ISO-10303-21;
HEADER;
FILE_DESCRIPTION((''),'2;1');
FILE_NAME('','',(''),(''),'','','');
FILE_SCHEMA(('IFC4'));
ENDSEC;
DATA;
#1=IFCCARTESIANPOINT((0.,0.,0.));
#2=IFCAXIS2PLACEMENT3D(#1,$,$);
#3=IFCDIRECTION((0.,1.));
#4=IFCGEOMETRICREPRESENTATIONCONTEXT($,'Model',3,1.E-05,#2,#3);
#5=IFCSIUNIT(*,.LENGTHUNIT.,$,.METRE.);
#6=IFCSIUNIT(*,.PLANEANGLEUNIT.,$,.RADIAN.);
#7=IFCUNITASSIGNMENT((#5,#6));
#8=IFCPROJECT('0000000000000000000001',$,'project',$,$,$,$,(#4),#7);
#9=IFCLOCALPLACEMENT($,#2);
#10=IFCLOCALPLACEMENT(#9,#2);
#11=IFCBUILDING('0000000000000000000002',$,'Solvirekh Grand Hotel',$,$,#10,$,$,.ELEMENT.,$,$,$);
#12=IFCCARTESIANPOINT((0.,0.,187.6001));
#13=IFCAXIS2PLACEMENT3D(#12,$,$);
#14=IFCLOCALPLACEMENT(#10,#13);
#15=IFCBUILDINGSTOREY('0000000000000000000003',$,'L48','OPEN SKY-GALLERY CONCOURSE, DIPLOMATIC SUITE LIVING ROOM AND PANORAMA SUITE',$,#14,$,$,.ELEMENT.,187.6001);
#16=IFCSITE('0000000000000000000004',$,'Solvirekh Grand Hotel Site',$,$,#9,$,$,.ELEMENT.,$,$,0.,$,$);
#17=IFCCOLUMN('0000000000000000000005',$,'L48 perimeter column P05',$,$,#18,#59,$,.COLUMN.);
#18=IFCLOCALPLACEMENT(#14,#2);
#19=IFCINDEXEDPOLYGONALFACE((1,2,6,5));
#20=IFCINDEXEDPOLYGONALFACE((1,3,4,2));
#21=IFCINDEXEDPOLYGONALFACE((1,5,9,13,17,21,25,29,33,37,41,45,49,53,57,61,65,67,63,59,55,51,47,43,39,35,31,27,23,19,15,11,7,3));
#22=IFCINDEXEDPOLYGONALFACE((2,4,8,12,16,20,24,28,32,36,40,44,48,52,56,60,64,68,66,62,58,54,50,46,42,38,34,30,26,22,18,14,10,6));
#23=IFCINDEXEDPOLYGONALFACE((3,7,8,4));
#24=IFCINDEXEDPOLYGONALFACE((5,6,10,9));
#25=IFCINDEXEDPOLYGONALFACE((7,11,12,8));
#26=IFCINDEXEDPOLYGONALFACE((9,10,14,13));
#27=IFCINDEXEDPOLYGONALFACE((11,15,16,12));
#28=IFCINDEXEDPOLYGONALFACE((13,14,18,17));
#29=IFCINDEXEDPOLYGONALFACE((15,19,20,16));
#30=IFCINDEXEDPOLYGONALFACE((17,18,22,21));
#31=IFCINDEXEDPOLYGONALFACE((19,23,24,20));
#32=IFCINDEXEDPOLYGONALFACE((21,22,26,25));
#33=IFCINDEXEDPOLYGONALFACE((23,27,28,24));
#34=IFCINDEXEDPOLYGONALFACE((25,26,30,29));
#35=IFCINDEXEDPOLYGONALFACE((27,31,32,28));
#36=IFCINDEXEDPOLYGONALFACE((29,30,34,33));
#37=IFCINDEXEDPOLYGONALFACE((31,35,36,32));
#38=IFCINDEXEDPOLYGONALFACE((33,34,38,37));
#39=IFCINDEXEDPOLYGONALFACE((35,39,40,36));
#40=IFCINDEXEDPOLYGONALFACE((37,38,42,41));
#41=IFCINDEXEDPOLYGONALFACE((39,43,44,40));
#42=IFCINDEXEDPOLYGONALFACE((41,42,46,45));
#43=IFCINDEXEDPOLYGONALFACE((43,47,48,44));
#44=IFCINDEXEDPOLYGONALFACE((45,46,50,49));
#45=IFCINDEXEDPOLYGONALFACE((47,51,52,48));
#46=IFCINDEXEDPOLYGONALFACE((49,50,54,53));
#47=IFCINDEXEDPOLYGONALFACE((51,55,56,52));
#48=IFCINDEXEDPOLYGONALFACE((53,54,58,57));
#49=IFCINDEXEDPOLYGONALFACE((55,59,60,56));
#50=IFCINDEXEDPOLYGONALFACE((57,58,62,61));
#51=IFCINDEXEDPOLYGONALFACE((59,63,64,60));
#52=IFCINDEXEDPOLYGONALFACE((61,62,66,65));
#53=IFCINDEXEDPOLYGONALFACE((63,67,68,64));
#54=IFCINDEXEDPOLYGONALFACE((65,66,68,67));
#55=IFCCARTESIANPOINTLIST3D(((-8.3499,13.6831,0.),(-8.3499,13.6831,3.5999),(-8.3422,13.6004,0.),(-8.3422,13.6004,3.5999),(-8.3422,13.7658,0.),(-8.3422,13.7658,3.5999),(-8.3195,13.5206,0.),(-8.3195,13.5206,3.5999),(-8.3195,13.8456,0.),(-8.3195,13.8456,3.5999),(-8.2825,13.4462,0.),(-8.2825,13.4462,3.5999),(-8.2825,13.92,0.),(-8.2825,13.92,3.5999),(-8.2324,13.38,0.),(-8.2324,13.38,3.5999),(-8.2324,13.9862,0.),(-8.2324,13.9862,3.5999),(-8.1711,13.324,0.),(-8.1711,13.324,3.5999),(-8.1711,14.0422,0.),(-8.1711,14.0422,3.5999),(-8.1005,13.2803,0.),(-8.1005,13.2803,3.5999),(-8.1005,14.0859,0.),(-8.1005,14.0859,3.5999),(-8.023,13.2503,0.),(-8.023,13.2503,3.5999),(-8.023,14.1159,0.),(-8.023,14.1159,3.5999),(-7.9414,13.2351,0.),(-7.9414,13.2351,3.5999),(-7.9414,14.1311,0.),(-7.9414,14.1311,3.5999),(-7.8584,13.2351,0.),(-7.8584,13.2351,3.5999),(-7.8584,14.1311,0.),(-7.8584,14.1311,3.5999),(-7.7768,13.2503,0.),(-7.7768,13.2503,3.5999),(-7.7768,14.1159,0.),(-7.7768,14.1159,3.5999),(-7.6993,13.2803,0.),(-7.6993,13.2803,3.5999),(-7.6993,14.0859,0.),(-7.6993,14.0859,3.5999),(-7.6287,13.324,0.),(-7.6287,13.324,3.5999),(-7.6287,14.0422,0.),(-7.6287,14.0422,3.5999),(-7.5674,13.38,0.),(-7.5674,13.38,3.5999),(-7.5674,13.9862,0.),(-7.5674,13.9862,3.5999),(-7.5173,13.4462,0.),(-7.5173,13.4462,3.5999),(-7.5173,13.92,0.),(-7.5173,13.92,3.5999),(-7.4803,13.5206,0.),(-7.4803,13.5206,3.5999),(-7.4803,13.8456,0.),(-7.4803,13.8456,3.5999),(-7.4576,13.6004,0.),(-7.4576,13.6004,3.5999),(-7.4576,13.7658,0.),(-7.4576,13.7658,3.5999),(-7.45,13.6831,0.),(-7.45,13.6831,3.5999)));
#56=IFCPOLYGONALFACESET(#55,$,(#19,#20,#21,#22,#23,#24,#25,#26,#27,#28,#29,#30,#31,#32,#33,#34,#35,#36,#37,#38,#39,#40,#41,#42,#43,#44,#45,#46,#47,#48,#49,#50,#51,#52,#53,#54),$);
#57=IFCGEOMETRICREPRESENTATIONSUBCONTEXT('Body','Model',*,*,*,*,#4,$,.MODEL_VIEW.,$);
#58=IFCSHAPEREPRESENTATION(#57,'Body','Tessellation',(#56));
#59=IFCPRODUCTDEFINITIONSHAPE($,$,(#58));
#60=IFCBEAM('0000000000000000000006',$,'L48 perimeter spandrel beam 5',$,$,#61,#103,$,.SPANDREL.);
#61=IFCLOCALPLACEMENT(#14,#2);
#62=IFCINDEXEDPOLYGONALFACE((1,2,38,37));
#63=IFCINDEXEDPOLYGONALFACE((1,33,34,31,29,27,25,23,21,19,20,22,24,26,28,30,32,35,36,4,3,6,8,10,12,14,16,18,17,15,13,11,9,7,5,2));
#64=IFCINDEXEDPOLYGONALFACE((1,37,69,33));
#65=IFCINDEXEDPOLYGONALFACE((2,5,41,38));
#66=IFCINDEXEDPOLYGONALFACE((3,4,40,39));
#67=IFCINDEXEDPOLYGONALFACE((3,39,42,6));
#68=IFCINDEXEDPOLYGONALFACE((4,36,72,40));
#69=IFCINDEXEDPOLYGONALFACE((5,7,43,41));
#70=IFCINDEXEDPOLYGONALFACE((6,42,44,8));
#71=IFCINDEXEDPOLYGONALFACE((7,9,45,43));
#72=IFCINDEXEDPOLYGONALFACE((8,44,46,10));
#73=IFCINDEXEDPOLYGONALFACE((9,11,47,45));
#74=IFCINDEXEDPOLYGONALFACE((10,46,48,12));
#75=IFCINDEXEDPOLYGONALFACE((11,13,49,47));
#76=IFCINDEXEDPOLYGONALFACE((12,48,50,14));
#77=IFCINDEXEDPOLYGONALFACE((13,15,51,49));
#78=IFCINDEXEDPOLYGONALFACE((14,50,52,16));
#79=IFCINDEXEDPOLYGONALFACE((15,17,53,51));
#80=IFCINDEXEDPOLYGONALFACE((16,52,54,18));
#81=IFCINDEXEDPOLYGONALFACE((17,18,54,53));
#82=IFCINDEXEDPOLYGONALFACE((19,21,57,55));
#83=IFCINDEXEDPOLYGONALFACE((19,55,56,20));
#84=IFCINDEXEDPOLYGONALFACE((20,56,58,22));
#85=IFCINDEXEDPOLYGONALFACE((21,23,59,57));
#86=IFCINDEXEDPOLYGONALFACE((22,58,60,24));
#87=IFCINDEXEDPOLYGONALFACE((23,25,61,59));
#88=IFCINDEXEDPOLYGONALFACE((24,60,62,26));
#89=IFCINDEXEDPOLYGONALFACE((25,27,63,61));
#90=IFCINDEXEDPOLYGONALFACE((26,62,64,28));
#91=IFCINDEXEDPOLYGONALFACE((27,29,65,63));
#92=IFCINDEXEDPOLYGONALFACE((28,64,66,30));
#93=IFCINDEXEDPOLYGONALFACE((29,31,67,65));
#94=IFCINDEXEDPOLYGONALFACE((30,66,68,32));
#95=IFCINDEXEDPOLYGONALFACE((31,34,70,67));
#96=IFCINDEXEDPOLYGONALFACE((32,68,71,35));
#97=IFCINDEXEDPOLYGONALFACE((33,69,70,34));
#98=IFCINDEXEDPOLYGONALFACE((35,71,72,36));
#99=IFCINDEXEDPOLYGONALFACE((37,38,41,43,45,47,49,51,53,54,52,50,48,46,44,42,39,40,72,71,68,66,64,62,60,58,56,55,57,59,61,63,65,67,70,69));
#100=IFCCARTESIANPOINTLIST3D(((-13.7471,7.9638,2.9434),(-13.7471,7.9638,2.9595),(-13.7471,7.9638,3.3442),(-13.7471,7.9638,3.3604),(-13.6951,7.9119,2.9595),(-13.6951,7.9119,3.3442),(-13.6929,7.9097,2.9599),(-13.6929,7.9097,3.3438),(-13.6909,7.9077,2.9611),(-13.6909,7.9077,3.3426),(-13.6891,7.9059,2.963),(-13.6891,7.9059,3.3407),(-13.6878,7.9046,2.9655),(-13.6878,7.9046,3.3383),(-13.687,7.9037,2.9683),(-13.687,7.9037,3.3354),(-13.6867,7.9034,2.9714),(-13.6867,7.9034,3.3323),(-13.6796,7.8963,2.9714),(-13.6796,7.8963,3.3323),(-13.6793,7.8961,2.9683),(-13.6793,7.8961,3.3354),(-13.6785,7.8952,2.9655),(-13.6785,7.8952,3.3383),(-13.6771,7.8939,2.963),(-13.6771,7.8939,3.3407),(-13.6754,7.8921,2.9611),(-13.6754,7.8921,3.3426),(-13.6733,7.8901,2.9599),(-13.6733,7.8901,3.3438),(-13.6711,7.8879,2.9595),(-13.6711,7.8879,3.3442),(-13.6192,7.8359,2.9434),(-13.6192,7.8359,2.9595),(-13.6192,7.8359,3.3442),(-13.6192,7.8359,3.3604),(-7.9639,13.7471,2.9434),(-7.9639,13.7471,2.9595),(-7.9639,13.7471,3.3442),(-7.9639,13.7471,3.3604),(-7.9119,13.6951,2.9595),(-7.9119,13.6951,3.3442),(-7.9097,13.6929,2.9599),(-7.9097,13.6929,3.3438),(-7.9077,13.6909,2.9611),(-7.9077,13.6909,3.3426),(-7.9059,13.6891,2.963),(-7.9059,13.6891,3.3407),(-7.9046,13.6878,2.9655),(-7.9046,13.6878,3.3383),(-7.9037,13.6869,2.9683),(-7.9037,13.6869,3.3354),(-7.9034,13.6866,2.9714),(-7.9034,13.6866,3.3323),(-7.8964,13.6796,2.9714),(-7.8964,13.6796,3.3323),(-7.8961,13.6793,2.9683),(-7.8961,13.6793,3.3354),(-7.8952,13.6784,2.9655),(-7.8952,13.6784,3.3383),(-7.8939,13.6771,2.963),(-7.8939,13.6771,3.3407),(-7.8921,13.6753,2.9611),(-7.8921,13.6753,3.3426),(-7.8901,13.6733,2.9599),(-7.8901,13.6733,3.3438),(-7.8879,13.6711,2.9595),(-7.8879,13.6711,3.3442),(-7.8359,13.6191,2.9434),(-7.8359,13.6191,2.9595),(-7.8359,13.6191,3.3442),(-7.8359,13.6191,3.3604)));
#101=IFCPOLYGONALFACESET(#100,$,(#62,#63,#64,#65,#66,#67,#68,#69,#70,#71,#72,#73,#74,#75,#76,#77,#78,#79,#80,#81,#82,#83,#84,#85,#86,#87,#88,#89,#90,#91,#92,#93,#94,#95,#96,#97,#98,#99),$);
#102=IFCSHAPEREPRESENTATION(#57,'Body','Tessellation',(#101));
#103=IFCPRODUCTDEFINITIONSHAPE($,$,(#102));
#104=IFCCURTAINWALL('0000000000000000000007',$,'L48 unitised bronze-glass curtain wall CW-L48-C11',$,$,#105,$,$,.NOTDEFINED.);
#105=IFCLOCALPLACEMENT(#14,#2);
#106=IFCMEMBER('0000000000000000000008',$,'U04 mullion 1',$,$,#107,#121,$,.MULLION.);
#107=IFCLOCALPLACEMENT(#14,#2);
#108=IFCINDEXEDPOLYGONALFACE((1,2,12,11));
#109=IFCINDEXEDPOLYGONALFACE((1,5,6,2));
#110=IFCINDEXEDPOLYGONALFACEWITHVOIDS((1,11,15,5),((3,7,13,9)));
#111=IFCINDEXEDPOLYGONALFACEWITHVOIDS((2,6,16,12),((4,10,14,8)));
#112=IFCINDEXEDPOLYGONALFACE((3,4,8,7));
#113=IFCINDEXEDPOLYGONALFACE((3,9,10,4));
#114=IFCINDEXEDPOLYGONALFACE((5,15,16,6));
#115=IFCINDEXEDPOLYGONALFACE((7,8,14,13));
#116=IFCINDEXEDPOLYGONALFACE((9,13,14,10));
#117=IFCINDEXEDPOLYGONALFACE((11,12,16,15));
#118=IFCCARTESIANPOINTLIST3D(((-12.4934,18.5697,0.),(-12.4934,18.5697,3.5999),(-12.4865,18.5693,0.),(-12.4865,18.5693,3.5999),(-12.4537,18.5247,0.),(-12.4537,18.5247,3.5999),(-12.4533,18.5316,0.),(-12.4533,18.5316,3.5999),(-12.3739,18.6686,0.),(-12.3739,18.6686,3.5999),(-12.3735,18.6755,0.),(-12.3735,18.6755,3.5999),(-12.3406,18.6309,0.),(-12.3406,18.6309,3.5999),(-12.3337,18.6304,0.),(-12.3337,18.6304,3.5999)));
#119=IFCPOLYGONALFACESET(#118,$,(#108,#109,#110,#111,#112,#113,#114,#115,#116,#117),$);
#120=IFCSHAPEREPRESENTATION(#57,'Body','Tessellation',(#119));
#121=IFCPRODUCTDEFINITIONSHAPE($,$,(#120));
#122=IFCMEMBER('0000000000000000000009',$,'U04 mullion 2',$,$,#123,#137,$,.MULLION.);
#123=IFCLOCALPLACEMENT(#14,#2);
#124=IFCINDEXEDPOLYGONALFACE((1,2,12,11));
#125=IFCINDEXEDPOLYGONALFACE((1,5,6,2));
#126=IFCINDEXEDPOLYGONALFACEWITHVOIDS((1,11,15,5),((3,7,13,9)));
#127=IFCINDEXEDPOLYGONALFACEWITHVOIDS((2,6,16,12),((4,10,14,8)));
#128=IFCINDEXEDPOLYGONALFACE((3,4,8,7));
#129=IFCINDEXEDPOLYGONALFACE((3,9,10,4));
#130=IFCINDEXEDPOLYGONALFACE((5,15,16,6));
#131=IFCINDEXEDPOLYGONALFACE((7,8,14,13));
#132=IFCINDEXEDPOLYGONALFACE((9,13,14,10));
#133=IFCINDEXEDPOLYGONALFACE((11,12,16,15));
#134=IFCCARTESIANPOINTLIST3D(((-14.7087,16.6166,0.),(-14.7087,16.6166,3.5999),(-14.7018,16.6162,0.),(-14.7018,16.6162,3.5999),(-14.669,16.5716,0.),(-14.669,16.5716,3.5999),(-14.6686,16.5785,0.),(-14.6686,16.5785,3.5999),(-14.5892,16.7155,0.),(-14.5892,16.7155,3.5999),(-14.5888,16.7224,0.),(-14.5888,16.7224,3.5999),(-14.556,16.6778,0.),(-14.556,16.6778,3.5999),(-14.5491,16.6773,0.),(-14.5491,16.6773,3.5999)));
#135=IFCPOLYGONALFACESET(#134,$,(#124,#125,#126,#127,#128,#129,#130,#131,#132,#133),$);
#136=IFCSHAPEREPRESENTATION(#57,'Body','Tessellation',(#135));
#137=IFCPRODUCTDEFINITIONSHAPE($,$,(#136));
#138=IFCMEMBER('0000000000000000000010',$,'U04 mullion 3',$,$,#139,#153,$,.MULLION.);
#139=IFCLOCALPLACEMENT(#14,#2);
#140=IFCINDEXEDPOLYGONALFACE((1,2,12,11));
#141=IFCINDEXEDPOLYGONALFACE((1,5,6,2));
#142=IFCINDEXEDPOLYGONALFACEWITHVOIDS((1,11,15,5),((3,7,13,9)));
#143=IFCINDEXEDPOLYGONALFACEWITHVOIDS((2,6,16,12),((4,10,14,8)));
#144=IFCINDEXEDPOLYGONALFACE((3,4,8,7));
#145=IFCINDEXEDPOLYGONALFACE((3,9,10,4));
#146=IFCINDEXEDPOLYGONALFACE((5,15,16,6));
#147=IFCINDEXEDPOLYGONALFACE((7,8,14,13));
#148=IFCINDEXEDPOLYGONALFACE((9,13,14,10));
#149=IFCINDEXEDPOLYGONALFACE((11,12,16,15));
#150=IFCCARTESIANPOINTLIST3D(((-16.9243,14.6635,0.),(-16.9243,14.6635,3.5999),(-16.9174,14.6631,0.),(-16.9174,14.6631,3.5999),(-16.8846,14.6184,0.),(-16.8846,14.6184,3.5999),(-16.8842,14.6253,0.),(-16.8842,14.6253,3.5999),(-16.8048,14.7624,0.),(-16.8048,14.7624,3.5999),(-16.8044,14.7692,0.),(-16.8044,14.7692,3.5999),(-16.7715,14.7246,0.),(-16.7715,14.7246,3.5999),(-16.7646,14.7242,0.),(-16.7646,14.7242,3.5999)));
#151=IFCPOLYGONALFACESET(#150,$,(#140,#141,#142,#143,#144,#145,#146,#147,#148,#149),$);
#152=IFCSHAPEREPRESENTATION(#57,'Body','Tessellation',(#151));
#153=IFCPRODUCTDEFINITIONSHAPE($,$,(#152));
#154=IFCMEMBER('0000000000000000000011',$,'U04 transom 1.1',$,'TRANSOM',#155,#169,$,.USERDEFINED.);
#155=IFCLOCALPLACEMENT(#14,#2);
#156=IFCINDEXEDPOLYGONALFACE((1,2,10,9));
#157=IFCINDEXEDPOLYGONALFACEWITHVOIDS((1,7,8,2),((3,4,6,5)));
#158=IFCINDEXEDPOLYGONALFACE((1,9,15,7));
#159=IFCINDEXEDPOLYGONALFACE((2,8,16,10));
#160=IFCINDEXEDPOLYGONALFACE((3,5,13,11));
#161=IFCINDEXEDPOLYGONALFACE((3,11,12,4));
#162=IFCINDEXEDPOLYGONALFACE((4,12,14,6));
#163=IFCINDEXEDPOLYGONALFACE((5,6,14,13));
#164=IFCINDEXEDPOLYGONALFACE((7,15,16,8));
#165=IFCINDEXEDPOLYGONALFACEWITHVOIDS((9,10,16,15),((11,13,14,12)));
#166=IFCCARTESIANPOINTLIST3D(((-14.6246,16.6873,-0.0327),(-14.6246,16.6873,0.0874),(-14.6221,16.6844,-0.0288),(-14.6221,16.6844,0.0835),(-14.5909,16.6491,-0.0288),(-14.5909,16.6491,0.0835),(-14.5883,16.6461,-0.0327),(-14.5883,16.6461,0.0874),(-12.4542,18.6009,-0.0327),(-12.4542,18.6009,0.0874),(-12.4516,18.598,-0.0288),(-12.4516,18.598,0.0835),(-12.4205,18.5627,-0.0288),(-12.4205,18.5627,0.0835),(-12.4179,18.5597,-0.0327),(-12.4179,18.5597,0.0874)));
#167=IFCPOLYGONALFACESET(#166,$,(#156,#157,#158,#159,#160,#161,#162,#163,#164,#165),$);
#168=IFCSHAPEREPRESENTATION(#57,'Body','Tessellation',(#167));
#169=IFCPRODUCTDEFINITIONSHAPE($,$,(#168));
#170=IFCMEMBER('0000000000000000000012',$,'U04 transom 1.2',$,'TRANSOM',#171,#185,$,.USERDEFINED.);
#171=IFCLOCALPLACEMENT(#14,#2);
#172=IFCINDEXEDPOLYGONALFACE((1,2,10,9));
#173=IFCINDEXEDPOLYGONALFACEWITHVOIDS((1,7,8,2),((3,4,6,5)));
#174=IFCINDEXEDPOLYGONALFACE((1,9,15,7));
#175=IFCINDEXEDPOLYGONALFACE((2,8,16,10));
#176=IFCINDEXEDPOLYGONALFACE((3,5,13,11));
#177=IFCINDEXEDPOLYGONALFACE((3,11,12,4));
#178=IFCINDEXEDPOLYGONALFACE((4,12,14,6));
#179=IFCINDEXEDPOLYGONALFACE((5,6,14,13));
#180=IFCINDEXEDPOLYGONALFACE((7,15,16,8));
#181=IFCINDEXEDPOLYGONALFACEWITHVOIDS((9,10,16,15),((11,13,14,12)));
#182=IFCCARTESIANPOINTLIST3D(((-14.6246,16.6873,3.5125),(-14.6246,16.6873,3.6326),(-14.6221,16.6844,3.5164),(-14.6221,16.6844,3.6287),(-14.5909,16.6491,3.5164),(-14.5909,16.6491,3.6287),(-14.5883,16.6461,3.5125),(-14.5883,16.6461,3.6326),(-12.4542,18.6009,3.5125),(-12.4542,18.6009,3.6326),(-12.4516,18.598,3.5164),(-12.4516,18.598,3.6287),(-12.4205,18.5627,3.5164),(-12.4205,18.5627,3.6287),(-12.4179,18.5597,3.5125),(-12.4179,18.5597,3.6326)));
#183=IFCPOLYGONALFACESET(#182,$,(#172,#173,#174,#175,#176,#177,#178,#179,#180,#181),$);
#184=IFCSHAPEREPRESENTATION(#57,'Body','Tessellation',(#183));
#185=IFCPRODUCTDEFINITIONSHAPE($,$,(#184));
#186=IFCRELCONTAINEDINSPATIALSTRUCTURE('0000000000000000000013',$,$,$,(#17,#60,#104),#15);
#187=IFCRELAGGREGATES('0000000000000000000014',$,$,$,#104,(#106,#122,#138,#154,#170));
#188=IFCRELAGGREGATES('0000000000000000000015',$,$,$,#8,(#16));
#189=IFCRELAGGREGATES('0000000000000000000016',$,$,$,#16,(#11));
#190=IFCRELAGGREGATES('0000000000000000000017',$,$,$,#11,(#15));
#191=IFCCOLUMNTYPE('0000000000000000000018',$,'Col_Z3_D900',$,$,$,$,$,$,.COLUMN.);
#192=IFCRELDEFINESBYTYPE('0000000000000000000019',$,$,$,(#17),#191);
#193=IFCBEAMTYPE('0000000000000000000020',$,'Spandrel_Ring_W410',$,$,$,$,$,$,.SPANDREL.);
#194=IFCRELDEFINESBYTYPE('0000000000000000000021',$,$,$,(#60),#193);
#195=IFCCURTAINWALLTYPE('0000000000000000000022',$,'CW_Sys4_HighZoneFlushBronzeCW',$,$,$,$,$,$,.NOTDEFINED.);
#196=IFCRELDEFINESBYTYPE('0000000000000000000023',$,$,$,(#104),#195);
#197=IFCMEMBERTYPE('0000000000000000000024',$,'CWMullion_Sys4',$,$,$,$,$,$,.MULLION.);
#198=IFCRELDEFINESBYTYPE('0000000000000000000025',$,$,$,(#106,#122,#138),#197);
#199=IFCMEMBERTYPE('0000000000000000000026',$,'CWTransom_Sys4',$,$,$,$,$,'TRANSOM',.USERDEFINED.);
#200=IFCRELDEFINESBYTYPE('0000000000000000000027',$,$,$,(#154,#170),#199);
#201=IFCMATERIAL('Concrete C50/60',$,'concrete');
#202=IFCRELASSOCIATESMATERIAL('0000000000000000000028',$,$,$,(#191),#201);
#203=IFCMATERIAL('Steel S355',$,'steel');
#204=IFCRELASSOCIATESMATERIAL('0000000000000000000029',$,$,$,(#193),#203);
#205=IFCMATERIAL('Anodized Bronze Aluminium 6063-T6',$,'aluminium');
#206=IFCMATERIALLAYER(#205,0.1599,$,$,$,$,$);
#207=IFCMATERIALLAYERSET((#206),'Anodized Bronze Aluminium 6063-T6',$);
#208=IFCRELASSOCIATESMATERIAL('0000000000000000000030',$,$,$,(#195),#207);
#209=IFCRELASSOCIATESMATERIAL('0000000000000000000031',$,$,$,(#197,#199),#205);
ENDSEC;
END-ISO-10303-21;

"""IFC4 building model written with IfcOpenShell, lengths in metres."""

from ifc_helpers import new_model, si_unit, direction, frame, origin, origin_2d, place, context, subcontext, project, spatial, hollow_rectangle, circle, i_section, extrude, source, transform, mapped, material, layer, layer_set, material_profile, profile_set, type_object, element, aggregate, save


model = new_model("IFC4")

# Units and contexts
model_context = context("Model", 3, precision=1e-05, world=origin(), true_north=direction((0.0, 1.0)))
body_context = subcontext(model_context, "Body", "Model", "MODEL_VIEW")
ifc_project = project(units=[si_unit("LENGTHUNIT", "METRE"), si_unit("PLANEANGLEUNIT", "RADIAN")], contexts=[model_context])

# Site, building, storey
site_placement = place(None, origin())
site = spatial("IfcSite", under=ifc_project, at=site_placement, Name="Solvirekh Grand Hotel Site", CompositionType="ELEMENT", RefElevation=0.0)
building_placement = place(site_placement, origin())
building = spatial("IfcBuilding", under=site, at=building_placement, Name="Solvirekh Grand Hotel", CompositionType="ELEMENT")
storey_placement = place(building_placement, frame((0.0, 0.0, 187.6001)))
storey = spatial("IfcBuildingStorey", under=building, at=storey_placement, Name="L48", Description="OPEN SKY-GALLERY CONCOURSE, DIPLOMATIC SUITE LIVING ROOM AND PANORAMA SUITE", CompositionType="ELEMENT", Elevation=187.6001)

# Column
ifc_material_1 = material(Name="Concrete C50/60", Category="concrete")
ifc_material_profile_1 = material_profile(ifc_material_1, circle(Radius=0.45, at=origin_2d()), Name="RC CIRC D900")
ifc_profile_set_1 = profile_set([ifc_material_profile_1], Name="Concrete C50/60")
column_type = type_object("IfcColumnType", Name="Col_Z3_D900", PredefinedType="COLUMN", material=ifc_profile_set_1)
column_placement = place(storey_placement, frame((-7.8999, 13.6831, 0.0), z_axis=(0.0, 0.0, 1.0), x_axis=(1.0, 0.0, 0.0)))
element("IfcColumn", 1, at=column_placement, inside=storey, type_object=column_type, Name="L48 perimeter column P05", PredefinedType="COLUMN", context=body_context, shape_type="SweptSolid", body=[
    extrude(circle(Radius=0.45, at=origin_2d()), origin(), (0.0, 0.0, 1.0), 3.5999),
])

# Beam
ifc_material_2 = material(Name="Steel S355", Category="steel")
ifc_material_profile_2 = material_profile(ifc_material_2, i_section(OverallWidth=0.1809, OverallDepth=0.417, WebThickness=0.01, FlangeThickness=0.0161, FilletRadius=0.012, at=origin_2d()), Name="W410X85")
ifc_profile_set_2 = profile_set([ifc_material_profile_2], Name="Steel S355")
beam_type = type_object("IfcBeamType", Name="Spandrel_Ring_W410", PredefinedType="SPANDREL", material=ifc_profile_set_2)
beam_placement = place(storey_placement, frame((-7.8999, 13.6831, 3.1519), z_axis=(-0.707107, -0.707107, 0.0), x_axis=(0.707107, -0.707107, 0.0)))
element("IfcBeam", 2, at=beam_placement, inside=storey, type_object=beam_type, Name="L48 perimeter spandrel beam 5", PredefinedType="SPANDREL", context=body_context, shape_type="SweptSolid", body=[
    extrude(i_section(OverallWidth=0.1809, OverallDepth=0.417, WebThickness=0.01, FlangeThickness=0.0161, FilletRadius=0.012, at=origin_2d()), origin(), (0.0, 0.0, 1.0), 8.1787),
])

# Curtain wall, members
ifc_material_3 = material(Name="Anodized Bronze Aluminium 6063-T6", Category="aluminium")
ifc_layer_1 = layer(ifc_material_3, 0.1599)
ifc_layer_set_1 = layer_set([ifc_layer_1], Name="Anodized Bronze Aluminium 6063-T6")
curtain_wall_type = type_object("IfcCurtainWallType", Name="CW_Sys4_HighZoneFlushBronzeCW", PredefinedType="NOTDEFINED", material=ifc_layer_set_1)
curtain_wall_placement = place(storey_placement, origin())
curtain_wall = element("IfcCurtainWall", 3, at=curtain_wall_placement, inside=storey, type_object=curtain_wall_type, Name="L48 unitised bronze-glass curtain wall CW-L48-C11", PredefinedType="NOTDEFINED")
ifc_material_profile_3 = material_profile(ifc_material_3, hollow_rectangle(XDim=0.0601, YDim=0.1599, WallThickness=0.0049, at=origin_2d()), Name="ALU RHS 160X60X5")
ifc_profile_set_3 = profile_set([ifc_material_profile_3], Name="Anodized Bronze Aluminium 6063-T6")
member_type_1 = type_object("IfcMemberType", Name="CWMullion_Sys4", PredefinedType="MULLION", material=ifc_profile_set_3)
shared_shape_1 = source(origin(), body_context, "Body", "SweptSolid", [
    extrude(hollow_rectangle(XDim=0.0601, YDim=0.1599, WallThickness=0.0049, at=origin_2d()), origin(), (0.0, 0.0, 1.0), 3.5999),
])
member_1_placement = place(storey_placement, frame((-12.4136, 18.6001, 0.0), z_axis=(0.0, 0.0, 1.0), x_axis=(0.6613, -0.750121, 0.0)))
member_1 = element("IfcMember", 4, at=member_1_placement, type_object=member_type_1, Name="U04 mullion 1", PredefinedType="MULLION", context=body_context, shape_type="MappedRepresentation", body=[
    mapped(shared_shape_1, transform((0.0, 0.0, 0.0), x_axis=(1.0, 0.0, 0.0), y_axis=(0.0, 1.0, 0.0), z_axis=(0.0, 0.0, 1.0), scale=1.0)),
])
member_2_placement = place(storey_placement, frame((-14.6289, 16.647, 0.0), z_axis=(0.0, 0.0, 1.0), x_axis=(0.6613, -0.750121, 0.0)))
member_2 = element("IfcMember", 5, at=member_2_placement, type_object=member_type_1, Name="U04 mullion 2", PredefinedType="MULLION", context=body_context, shape_type="MappedRepresentation", body=[
    mapped(shared_shape_1, transform((0.0, 0.0, 0.0), x_axis=(1.0, 0.0, 0.0), y_axis=(0.0, 1.0, 0.0), z_axis=(0.0, 0.0, 1.0), scale=1.0)),
])
member_3_placement = place(storey_placement, frame((-16.8445, 14.6938, 0.0), z_axis=(0.0, 0.0, 1.0), x_axis=(0.6613, -0.750121, 0.0)))
member_3 = element("IfcMember", 6, at=member_3_placement, type_object=member_type_1, Name="U04 mullion 3", PredefinedType="MULLION", context=body_context, shape_type="MappedRepresentation", body=[
    mapped(shared_shape_1, transform((0.0, 0.0, 0.0), x_axis=(1.0, 0.0, 0.0), y_axis=(0.0, 1.0, 0.0), z_axis=(0.0, 0.0, 1.0), scale=1.0)),
])
ifc_material_profile_4 = material_profile(ifc_material_3, hollow_rectangle(XDim=0.0549, YDim=0.1201, WallThickness=0.0039, at=origin_2d()), Name="ALU RHS 120X55X4")
ifc_profile_set_4 = profile_set([ifc_material_profile_4], Name="Anodized Bronze Aluminium 6063-T6")
member_type_2 = type_object("IfcMemberType", Name="CWTransom_Sys4", ElementType="TRANSOM", PredefinedType="USERDEFINED", material=ifc_profile_set_4)
shared_shape_2 = source(origin(), body_context, "Body", "SweptSolid", [
    extrude(hollow_rectangle(XDim=0.0549, YDim=0.1201, WallThickness=0.0039, at=origin_2d()), origin(), (0.0, 0.0, 1.0), 2.8936),
])
member_4_placement = place(storey_placement, frame((-12.436, 18.5803, 0.0273), z_axis=(-0.750094, -0.661331, 0.0), x_axis=(0.661331, -0.750094, 0.0)))
member_4 = element("IfcMember", 7, at=member_4_placement, type_object=member_type_2, Name="U04 transom 1.1", ObjectType="TRANSOM", PredefinedType="USERDEFINED", context=body_context, shape_type="MappedRepresentation", body=[
    mapped(shared_shape_2, transform((0.0, 0.0, 0.0), x_axis=(1.0, 0.0, 0.0), y_axis=(0.0, 1.0, 0.0), z_axis=(0.0, 0.0, 1.0), scale=1.0)),
])
member_5_placement = place(storey_placement, frame((-12.436, 18.5803, 3.5725), z_axis=(-0.750094, -0.661331, 0.0), x_axis=(0.661331, -0.750094, 0.0)))
member_5 = element("IfcMember", 8, at=member_5_placement, type_object=member_type_2, Name="U04 transom 1.2", ObjectType="TRANSOM", PredefinedType="USERDEFINED", context=body_context, shape_type="MappedRepresentation", body=[
    mapped(shared_shape_2, transform((0.0, 0.0, 0.0), x_axis=(1.0, 0.0, 0.0), y_axis=(0.0, 1.0, 0.0), z_axis=(0.0, 0.0, 1.0), scale=1.0)),
])
aggregate(curtain_wall, [member_1, member_2, member_3, member_4, member_5])

save(model, "model.ifc")
